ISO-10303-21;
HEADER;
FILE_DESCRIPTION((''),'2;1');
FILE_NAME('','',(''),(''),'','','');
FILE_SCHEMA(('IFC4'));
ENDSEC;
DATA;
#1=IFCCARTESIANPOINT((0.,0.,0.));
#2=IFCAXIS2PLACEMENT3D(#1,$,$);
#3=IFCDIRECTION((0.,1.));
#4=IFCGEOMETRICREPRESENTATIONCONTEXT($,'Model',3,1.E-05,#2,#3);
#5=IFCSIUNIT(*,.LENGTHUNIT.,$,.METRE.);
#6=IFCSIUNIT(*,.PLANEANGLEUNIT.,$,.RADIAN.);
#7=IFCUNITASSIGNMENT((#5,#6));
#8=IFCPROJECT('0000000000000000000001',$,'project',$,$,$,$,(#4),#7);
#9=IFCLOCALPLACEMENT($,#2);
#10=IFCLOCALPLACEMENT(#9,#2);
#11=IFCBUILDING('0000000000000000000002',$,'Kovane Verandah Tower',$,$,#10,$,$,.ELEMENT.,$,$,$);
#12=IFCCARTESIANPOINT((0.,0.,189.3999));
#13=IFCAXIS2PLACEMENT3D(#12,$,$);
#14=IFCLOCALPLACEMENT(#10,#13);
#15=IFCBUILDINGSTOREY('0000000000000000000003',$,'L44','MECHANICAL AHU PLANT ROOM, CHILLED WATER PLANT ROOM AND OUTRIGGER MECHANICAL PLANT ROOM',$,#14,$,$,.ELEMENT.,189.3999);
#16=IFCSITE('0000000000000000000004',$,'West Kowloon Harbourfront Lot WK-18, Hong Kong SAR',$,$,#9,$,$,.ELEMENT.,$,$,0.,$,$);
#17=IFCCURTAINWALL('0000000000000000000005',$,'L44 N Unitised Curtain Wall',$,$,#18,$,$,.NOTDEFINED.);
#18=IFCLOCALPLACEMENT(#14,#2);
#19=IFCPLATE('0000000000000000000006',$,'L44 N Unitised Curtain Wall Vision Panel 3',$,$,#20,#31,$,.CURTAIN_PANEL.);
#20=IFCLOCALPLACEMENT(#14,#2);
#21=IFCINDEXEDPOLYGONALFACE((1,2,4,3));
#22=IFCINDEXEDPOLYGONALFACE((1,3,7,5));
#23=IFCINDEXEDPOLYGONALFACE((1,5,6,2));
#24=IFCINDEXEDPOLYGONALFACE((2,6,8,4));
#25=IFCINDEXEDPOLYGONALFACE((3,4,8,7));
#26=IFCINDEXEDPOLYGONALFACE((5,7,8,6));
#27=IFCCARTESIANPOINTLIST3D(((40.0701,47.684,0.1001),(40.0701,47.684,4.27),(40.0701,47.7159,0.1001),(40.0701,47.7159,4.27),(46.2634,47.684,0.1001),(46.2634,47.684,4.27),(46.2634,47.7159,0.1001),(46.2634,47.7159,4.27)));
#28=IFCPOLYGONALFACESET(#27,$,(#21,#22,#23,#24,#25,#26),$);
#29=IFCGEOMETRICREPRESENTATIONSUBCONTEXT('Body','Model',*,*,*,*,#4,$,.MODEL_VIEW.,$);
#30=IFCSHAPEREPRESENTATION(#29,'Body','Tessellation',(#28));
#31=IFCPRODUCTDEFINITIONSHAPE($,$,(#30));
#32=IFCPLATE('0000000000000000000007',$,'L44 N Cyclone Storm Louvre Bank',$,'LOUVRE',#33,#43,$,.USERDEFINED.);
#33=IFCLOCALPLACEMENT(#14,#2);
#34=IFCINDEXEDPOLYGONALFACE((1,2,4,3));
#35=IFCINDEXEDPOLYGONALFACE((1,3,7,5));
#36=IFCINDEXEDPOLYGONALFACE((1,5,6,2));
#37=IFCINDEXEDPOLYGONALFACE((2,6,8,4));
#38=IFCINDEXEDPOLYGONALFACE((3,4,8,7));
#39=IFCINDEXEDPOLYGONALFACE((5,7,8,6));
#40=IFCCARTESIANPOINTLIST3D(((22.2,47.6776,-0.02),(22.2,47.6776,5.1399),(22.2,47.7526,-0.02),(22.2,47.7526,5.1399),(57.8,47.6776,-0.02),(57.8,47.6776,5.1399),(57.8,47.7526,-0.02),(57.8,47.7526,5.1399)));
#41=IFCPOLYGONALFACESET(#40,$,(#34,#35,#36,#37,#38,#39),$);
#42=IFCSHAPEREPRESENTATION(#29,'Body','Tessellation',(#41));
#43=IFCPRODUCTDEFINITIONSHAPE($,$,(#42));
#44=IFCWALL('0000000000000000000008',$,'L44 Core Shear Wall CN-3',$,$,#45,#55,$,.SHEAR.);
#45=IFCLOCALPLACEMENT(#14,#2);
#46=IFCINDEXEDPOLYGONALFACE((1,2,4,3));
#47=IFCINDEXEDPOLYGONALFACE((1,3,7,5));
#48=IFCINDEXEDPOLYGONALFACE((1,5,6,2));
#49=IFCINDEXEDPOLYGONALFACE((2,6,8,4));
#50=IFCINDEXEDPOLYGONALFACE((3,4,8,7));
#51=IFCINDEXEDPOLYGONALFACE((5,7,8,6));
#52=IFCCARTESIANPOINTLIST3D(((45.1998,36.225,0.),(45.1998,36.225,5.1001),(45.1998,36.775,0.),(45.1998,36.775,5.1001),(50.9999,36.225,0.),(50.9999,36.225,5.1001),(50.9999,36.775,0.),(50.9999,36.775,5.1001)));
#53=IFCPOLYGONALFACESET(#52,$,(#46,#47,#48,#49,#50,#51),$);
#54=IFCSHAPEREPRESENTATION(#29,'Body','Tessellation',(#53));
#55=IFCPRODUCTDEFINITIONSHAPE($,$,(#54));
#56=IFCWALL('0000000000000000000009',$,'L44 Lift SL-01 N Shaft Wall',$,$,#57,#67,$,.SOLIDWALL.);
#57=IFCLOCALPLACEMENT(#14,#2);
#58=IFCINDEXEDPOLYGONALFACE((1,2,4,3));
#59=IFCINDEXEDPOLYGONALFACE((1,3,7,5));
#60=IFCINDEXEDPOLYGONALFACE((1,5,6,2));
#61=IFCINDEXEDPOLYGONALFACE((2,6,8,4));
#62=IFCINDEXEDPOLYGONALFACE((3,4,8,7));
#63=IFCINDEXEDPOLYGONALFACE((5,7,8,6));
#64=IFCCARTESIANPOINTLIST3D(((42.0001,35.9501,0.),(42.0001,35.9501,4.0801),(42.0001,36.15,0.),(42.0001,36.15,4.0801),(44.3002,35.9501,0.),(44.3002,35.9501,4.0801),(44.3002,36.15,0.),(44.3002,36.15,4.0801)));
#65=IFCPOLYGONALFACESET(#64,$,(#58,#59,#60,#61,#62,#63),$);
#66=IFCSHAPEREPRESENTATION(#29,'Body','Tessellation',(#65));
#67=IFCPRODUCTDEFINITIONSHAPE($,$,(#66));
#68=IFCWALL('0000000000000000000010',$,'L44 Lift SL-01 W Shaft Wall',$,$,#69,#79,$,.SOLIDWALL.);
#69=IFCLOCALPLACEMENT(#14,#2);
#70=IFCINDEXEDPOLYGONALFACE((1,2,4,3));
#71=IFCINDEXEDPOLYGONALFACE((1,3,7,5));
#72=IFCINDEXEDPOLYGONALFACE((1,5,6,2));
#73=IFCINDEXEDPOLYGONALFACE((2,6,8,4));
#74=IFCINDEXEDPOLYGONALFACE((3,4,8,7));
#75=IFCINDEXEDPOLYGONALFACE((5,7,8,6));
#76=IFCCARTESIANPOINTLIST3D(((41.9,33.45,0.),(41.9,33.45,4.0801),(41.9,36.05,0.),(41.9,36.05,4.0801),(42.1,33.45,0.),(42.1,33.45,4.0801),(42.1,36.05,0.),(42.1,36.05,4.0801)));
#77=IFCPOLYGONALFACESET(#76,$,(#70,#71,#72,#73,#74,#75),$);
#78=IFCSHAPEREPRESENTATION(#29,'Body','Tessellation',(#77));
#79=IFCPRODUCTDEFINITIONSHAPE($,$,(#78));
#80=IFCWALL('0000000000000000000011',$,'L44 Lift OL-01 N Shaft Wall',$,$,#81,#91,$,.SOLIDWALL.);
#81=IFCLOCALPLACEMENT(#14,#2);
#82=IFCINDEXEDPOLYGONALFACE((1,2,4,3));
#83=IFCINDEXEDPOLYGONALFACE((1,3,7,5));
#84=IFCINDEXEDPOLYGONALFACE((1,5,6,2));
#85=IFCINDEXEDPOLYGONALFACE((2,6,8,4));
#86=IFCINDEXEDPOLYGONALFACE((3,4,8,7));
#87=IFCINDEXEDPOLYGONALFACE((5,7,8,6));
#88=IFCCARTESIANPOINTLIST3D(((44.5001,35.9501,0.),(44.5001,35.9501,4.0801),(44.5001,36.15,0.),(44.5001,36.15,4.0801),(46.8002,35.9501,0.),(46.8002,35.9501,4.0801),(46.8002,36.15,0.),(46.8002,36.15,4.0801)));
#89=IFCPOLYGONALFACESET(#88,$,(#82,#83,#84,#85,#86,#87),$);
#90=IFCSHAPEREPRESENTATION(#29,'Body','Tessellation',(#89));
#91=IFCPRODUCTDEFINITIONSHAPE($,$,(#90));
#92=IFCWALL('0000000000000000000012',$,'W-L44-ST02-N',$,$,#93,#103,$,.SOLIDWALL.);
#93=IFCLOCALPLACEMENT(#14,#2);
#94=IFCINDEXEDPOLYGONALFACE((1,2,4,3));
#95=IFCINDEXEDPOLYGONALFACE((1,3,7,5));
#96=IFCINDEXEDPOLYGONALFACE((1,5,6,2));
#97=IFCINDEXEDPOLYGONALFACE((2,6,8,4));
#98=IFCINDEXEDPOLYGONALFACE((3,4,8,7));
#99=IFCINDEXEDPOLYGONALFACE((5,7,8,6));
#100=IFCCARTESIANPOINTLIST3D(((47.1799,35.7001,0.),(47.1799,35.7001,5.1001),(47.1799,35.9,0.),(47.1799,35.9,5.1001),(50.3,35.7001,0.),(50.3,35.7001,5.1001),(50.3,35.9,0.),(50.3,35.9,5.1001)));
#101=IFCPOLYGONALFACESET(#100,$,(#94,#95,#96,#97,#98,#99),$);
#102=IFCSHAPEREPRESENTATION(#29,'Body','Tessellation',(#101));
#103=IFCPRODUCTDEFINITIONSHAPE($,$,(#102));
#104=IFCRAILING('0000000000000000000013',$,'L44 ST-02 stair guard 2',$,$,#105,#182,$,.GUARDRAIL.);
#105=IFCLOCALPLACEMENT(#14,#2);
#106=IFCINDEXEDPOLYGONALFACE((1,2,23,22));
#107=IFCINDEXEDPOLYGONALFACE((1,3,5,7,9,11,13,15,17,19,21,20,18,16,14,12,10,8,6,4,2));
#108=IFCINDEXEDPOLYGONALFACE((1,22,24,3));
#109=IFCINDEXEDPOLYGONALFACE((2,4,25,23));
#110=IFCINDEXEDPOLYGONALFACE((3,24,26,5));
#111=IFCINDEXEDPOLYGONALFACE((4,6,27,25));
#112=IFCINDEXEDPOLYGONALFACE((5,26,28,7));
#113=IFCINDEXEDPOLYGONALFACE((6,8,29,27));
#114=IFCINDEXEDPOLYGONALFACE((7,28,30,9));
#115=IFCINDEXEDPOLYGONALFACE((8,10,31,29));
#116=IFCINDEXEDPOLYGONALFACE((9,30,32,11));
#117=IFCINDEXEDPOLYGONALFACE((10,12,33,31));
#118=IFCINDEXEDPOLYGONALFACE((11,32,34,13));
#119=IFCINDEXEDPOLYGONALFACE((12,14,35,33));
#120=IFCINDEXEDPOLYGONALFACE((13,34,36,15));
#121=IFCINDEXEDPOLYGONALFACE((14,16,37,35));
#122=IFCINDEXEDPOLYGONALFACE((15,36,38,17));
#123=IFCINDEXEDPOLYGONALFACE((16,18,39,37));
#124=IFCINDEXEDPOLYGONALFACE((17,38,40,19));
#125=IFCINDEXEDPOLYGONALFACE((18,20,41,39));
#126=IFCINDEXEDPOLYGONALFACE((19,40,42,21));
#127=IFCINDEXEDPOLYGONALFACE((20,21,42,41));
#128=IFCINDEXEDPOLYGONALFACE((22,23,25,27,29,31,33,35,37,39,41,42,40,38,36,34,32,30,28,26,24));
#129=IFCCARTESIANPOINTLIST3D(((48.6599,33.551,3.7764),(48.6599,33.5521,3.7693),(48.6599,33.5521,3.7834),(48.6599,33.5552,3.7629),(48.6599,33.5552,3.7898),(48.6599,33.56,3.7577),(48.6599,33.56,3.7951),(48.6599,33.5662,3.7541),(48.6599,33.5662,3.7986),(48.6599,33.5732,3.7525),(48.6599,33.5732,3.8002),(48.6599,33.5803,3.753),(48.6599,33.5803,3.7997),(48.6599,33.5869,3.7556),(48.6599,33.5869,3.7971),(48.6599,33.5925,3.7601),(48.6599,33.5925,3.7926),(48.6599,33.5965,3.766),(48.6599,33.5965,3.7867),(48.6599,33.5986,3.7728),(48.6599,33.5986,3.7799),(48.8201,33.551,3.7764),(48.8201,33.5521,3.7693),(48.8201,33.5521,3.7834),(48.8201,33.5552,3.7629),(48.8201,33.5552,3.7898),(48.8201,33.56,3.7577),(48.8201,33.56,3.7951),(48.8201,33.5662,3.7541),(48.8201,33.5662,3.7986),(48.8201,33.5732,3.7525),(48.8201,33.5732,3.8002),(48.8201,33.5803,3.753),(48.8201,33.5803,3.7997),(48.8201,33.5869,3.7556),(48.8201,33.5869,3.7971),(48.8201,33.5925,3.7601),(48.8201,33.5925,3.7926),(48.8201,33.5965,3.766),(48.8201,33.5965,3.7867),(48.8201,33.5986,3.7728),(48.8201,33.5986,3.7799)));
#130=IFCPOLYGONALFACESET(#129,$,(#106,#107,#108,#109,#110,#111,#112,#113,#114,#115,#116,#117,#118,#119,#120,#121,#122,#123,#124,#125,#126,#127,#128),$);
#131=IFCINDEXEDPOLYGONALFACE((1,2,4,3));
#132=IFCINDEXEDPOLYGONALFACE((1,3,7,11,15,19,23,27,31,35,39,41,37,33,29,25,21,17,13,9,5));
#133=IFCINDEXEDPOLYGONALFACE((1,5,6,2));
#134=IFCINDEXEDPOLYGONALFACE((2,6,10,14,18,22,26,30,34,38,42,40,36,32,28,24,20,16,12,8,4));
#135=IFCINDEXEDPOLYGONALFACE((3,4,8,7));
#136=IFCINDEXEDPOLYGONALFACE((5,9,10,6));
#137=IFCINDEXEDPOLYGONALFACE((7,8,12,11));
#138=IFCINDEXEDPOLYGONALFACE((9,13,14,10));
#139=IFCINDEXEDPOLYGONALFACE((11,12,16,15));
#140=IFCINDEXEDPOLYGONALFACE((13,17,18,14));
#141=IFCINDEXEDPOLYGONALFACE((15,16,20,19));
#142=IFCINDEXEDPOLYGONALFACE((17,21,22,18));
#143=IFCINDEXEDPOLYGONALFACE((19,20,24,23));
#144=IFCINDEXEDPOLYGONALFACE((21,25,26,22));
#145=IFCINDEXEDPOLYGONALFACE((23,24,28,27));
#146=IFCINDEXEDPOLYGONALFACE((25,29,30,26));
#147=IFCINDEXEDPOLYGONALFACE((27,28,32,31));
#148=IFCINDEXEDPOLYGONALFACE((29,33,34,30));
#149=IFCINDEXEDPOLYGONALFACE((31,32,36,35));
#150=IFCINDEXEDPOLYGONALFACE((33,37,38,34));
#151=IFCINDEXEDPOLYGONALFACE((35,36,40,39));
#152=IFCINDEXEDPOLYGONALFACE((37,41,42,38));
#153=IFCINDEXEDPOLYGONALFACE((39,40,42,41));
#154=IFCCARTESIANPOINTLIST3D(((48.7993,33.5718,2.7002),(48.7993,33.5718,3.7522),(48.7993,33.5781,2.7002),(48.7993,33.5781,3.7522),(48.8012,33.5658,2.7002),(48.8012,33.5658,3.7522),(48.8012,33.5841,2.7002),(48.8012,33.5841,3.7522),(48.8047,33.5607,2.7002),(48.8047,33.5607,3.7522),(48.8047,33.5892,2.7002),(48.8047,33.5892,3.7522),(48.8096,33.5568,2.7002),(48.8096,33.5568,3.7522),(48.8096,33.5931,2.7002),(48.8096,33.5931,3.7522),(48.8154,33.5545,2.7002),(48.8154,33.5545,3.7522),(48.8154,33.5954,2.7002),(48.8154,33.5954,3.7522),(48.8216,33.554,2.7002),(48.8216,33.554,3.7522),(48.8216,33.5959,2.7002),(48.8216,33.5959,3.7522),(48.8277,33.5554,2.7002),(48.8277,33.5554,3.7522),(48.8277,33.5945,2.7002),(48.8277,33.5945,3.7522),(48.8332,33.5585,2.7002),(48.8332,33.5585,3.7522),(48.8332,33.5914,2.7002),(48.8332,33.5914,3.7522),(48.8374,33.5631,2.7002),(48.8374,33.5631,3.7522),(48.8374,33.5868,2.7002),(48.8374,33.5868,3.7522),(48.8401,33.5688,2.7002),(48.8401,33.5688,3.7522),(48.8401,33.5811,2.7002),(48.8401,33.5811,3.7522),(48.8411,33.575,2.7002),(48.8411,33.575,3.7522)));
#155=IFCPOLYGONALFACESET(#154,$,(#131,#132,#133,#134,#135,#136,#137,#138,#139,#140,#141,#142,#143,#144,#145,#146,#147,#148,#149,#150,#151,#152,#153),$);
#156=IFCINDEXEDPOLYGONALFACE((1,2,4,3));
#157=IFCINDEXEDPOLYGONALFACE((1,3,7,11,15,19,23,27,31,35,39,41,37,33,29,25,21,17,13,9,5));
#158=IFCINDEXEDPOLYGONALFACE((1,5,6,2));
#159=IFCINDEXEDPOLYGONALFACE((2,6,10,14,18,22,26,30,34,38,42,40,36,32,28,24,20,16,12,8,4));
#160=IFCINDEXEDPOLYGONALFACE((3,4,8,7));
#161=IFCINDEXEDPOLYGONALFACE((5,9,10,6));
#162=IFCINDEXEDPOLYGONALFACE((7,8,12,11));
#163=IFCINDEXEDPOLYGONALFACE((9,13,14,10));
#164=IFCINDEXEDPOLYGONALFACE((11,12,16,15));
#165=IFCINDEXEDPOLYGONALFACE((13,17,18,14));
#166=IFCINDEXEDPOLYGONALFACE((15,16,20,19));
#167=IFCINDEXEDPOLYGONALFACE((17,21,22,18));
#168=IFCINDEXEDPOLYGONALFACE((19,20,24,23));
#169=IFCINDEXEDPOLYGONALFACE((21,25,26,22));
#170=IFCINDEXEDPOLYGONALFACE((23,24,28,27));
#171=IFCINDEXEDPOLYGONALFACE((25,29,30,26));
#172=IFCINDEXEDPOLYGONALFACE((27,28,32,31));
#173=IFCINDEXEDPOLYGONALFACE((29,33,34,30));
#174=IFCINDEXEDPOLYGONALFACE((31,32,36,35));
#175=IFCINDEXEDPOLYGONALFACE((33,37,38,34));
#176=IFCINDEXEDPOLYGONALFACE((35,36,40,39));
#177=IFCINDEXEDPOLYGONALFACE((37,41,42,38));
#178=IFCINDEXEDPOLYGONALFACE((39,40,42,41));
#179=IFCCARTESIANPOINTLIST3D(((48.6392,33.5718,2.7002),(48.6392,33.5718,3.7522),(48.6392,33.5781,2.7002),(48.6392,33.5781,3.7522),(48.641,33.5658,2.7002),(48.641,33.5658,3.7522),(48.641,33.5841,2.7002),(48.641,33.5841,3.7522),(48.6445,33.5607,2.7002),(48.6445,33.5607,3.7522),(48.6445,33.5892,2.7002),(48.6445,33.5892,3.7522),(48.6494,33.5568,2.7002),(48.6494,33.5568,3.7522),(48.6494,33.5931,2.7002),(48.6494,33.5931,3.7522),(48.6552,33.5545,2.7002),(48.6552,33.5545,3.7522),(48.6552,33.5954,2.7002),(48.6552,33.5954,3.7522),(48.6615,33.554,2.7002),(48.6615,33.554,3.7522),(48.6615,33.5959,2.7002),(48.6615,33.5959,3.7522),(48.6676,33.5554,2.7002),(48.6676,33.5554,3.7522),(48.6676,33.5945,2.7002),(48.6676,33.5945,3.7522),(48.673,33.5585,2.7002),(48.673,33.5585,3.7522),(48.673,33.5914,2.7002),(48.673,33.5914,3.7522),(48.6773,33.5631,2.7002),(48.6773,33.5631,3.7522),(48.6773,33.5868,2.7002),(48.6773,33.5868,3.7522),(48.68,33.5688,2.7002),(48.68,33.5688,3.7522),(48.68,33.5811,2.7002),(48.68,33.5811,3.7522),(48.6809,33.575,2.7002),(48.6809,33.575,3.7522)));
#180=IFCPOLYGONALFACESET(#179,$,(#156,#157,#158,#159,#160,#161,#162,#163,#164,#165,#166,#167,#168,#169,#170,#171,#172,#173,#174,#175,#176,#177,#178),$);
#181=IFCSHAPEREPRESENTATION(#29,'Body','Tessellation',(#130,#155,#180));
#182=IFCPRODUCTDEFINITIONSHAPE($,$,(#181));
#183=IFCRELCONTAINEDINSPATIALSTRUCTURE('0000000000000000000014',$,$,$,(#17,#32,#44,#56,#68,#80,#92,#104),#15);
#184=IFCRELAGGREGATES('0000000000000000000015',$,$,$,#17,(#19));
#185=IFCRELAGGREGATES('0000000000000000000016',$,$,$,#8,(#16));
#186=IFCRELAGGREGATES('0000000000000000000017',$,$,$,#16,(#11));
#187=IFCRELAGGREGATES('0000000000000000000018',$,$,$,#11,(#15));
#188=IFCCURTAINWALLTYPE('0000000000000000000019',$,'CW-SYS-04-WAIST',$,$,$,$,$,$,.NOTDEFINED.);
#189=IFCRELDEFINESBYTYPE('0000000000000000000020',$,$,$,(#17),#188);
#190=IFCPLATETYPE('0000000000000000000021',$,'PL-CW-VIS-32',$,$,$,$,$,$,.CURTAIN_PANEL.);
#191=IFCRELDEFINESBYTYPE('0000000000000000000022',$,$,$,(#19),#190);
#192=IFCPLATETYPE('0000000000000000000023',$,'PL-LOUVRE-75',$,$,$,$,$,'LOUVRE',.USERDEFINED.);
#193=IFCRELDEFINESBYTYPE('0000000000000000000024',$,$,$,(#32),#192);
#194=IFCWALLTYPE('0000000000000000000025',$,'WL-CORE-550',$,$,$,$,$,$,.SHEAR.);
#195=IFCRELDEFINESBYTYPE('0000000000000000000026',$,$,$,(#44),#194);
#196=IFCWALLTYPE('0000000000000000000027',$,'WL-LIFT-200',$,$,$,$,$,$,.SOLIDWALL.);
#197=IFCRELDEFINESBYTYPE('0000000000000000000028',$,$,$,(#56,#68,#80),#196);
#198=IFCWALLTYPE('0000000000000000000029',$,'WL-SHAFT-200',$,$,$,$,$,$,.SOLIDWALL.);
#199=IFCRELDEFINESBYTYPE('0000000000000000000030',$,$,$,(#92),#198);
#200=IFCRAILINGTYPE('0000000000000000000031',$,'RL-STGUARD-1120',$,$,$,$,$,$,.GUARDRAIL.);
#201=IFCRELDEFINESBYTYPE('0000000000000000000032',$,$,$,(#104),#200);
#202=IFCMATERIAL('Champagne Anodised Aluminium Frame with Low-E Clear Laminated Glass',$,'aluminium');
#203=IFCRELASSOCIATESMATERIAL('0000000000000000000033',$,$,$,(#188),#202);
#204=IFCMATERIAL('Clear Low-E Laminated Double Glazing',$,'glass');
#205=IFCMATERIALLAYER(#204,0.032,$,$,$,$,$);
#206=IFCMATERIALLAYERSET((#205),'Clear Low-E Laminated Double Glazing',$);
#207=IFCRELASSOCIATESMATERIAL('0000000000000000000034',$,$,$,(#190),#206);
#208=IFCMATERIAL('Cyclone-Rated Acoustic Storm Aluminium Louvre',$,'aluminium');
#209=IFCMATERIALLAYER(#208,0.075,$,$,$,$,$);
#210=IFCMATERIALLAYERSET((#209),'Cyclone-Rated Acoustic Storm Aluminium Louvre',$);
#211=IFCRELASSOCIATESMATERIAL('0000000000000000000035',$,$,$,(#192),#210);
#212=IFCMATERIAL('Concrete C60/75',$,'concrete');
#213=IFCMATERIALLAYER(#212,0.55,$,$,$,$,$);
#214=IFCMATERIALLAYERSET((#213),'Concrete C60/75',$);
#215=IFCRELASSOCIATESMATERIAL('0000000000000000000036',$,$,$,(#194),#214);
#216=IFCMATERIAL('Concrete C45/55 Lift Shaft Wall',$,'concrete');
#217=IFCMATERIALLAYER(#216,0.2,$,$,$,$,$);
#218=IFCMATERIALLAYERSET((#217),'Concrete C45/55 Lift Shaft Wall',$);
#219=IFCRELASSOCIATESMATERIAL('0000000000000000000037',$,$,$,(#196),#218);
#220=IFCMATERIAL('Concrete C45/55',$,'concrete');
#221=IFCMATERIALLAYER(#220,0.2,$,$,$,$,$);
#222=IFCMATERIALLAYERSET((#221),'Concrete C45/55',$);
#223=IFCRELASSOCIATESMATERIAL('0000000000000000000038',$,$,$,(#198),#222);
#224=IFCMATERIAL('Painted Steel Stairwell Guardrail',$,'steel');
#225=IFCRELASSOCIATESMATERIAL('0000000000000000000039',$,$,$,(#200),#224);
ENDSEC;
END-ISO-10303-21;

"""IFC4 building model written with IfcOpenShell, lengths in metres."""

from ifc_helpers import new_model, si_unit, direction, frame, frame_2d, origin, origin_2d, place, context, subcontext, project, spatial, rectangle, circle, extrude, material, layer, layer_set, type_object, element, aggregate, save


model = new_model("IFC4")

# Units and contexts
model_context = context("Model", 3, precision=1e-05, world=origin(), true_north=direction((0.0, 1.0)))
body_context = subcontext(model_context, "Body", "Model", "MODEL_VIEW")
ifc_project = project(units=[si_unit("LENGTHUNIT", "METRE"), si_unit("PLANEANGLEUNIT", "RADIAN")], contexts=[model_context])

# Site, building, storey
site_placement = place(None, origin())
site = spatial("IfcSite", under=ifc_project, at=site_placement, Name="West Kowloon Harbourfront Lot WK-18, Hong Kong SAR", CompositionType="ELEMENT", RefElevation=0.0)
building_placement = place(site_placement, origin())
building = spatial("IfcBuilding", under=site, at=building_placement, Name="Kovane Verandah Tower", CompositionType="ELEMENT")
storey_placement = place(building_placement, frame((0.0, 0.0, 189.3999)))
storey = spatial("IfcBuildingStorey", under=building, at=storey_placement, Name="L44", Description="MECHANICAL AHU PLANT ROOM, CHILLED WATER PLANT ROOM AND OUTRIGGER MECHANICAL PLANT ROOM", CompositionType="ELEMENT", Elevation=189.3999)

# Shared definitions
ifc_material_1 = material(Name="Concrete C60/75", Category="concrete")

# Curtain wall
ifc_material_2 = material(Name="Champagne Anodised Aluminium Frame with Low-E Clear Laminated Glass", Category="aluminium")
curtain_wall_type = type_object("IfcCurtainWallType", Name="CW-SYS-04-WAIST", PredefinedType="NOTDEFINED", material=ifc_material_2)
curtain_wall_placement = place(storey_placement, origin())
curtain_wall = element("IfcCurtainWall", 1, at=curtain_wall_placement, inside=storey, type_object=curtain_wall_type, Name="L44 N Unitised Curtain Wall", PredefinedType="NOTDEFINED")

# Plates
ifc_material_3 = material(Name="Clear Low-E Laminated Double Glazing", Category="glass")
ifc_layer_1 = layer(ifc_material_3, 0.032)
ifc_layer_set_1 = layer_set([ifc_layer_1], Name="Clear Low-E Laminated Double Glazing")
plate_type_1 = type_object("IfcPlateType", Name="PL-CW-VIS-32", PredefinedType="CURTAIN_PANEL", material=ifc_layer_set_1)
plate_1_placement = place(storey_placement, frame((43.1667, 47.7, 0.1001), z_axis=(0.0, 0.0, 1.0), x_axis=(-1.0, 0.0, 0.0)))
plate_1 = element("IfcPlate", 2, at=plate_1_placement, type_object=plate_type_1, Name="L44 N Unitised Curtain Wall Vision Panel 3", PredefinedType="CURTAIN_PANEL", context=body_context, shape_type="SweptSolid", body=[
    extrude(rectangle(XDim=6.1934, YDim=0.032, at=origin_2d()), origin(), (0.0, 0.0, 1.0), 4.1699),
])
aggregate(curtain_wall, [plate_1])
ifc_material_4 = material(Name="Cyclone-Rated Acoustic Storm Aluminium Louvre", Category="aluminium")
ifc_layer_2 = layer(ifc_material_4, 0.075)
ifc_layer_set_2 = layer_set([ifc_layer_2], Name="Cyclone-Rated Acoustic Storm Aluminium Louvre")
plate_type_2 = type_object("IfcPlateType", Name="PL-LOUVRE-75", ElementType="LOUVRE", PredefinedType="USERDEFINED", material=ifc_layer_set_2)
plate_2_placement = place(storey_placement, frame((40.0, 47.7151, -0.02), z_axis=(0.0, 0.0, 1.0), x_axis=(-1.0, 0.0, 0.0)))
element("IfcPlate", 3, at=plate_2_placement, inside=storey, type_object=plate_type_2, Name="L44 N Cyclone Storm Louvre Bank", ObjectType="LOUVRE", PredefinedType="USERDEFINED", context=body_context, shape_type="SweptSolid", body=[
    extrude(rectangle(XDim=35.6001, YDim=0.075, at=origin_2d()), origin(), (0.0, 0.0, 1.0), 5.1599),
])

# Walls
ifc_layer_3 = layer(ifc_material_1, 0.55)
ifc_layer_set_3 = layer_set([ifc_layer_3], Name="Concrete C60/75")
wall_type_1 = type_object("IfcWallType", Name="WL-CORE-550", PredefinedType="SHEAR", material=ifc_layer_set_3)
wall_1_placement = place(storey_placement, frame((45.2, 36.5, 0.0), z_axis=(0.0, 0.0, 1.0), x_axis=(1.0, 0.0, 0.0)))
element("IfcWall", 4, at=wall_1_placement, inside=storey, type_object=wall_type_1, Name="L44 Core Shear Wall CN-3", PredefinedType="SHEAR", context=body_context, shape_type="SweptSolid", body=[
    extrude(rectangle(XDim=5.8, YDim=0.55, at=frame_2d((2.8999, 0.0))), origin(), (0.0, 0.0, 1.0), 5.1001),
])
ifc_material_5 = material(Name="Concrete C45/55 Lift Shaft Wall", Category="concrete")
ifc_layer_4 = layer(ifc_material_5, 0.2)
ifc_layer_set_4 = layer_set([ifc_layer_4], Name="Concrete C45/55 Lift Shaft Wall")
wall_type_2 = type_object("IfcWallType", Name="WL-LIFT-200", PredefinedType="SOLIDWALL", material=ifc_layer_set_4)
wall_2_placement = place(storey_placement, frame((44.3, 36.05, 0.0), z_axis=(0.0, 0.0, 1.0), x_axis=(-1.0, 0.0, 0.0)))
element("IfcWall", 5, at=wall_2_placement, inside=storey, type_object=wall_type_2, Name="L44 Lift SL-01 N Shaft Wall", PredefinedType="SOLIDWALL", context=body_context, shape_type="SweptSolid", body=[
    extrude(rectangle(XDim=2.3, YDim=0.2, at=frame_2d((1.1499, 0.0))), origin(), (0.0, 0.0, 1.0), 4.0801),
])
wall_3_placement = place(storey_placement, frame((42.0, 36.05, 0.0), z_axis=(0.0, 0.0, 1.0), x_axis=(0.0, -1.0, 0.0)))
element("IfcWall", 6, at=wall_3_placement, inside=storey, type_object=wall_type_2, Name="L44 Lift SL-01 W Shaft Wall", PredefinedType="SOLIDWALL", context=body_context, shape_type="SweptSolid", body=[
    extrude(rectangle(XDim=2.6001, YDim=0.2, at=frame_2d((1.3, 0.0))), origin(), (0.0, 0.0, 1.0), 4.0801),
])
wall_4_placement = place(storey_placement, frame((46.8, 36.05, 0.0), z_axis=(0.0, 0.0, 1.0), x_axis=(-1.0, 0.0, 0.0)))
element("IfcWall", 7, at=wall_4_placement, inside=storey, type_object=wall_type_2, Name="L44 Lift OL-01 N Shaft Wall", PredefinedType="SOLIDWALL", context=body_context, shape_type="SweptSolid", body=[
    extrude(rectangle(XDim=2.3, YDim=0.2, at=frame_2d((1.1499, 0.0))), origin(), (0.0, 0.0, 1.0), 4.0801),
])
ifc_material_6 = material(Name="Concrete C45/55", Category="concrete")
ifc_layer_5 = layer(ifc_material_6, 0.2)
ifc_layer_set_5 = layer_set([ifc_layer_5], Name="Concrete C45/55")
wall_type_3 = type_object("IfcWallType", Name="WL-SHAFT-200", PredefinedType="SOLIDWALL", material=ifc_layer_set_5)
wall_5_placement = place(storey_placement, frame((47.1799, 35.8, 0.0), z_axis=(0.0, 0.0, 1.0), x_axis=(1.0, 0.0, 0.0)))
element("IfcWall", 8, at=wall_5_placement, inside=storey, type_object=wall_type_3, Name="W-L44-ST02-N", PredefinedType="SOLIDWALL", context=body_context, shape_type="SweptSolid", body=[
    extrude(rectangle(XDim=3.1201, YDim=0.2, at=frame_2d((1.5601, 0.0))), origin(), (0.0, 0.0, 1.0), 5.1001),
])

# Railing
ifc_material_7 = material(Name="Painted Steel Stairwell Guardrail", Category="steel")
railing_type = type_object("IfcRailingType", Name="RL-STGUARD-1120", PredefinedType="GUARDRAIL", material=ifc_material_7)
railing_1_placement = place(storey_placement, frame((48.8201, 33.575, 2.7002)))
element("IfcRailing", 9, at=railing_1_placement, inside=storey, type_object=railing_type, Name="L44 ST-02 stair guard 2", PredefinedType="GUARDRAIL", context=body_context, shape_type="SweptSolid", body=[
    extrude(circle(Radius=0.0239, at=origin_2d()), frame((0.0, 0.0, 1.0762), z_axis=(-1.0, 0.0, 0.0), x_axis=(0.0, -1.0, 0.0)), (0.0, 0.0, 1.0), 0.1602),
    extrude(circle(Radius=0.021, at=origin_2d()), origin(), (0.0, 0.0, 1.0), 1.052),
    extrude(circle(Radius=0.021, at=origin_2d()), frame((-0.1602, 0.0, 0.0)), (0.0, 0.0, 1.0), 1.052),
])

save(model, "model.ifc")
